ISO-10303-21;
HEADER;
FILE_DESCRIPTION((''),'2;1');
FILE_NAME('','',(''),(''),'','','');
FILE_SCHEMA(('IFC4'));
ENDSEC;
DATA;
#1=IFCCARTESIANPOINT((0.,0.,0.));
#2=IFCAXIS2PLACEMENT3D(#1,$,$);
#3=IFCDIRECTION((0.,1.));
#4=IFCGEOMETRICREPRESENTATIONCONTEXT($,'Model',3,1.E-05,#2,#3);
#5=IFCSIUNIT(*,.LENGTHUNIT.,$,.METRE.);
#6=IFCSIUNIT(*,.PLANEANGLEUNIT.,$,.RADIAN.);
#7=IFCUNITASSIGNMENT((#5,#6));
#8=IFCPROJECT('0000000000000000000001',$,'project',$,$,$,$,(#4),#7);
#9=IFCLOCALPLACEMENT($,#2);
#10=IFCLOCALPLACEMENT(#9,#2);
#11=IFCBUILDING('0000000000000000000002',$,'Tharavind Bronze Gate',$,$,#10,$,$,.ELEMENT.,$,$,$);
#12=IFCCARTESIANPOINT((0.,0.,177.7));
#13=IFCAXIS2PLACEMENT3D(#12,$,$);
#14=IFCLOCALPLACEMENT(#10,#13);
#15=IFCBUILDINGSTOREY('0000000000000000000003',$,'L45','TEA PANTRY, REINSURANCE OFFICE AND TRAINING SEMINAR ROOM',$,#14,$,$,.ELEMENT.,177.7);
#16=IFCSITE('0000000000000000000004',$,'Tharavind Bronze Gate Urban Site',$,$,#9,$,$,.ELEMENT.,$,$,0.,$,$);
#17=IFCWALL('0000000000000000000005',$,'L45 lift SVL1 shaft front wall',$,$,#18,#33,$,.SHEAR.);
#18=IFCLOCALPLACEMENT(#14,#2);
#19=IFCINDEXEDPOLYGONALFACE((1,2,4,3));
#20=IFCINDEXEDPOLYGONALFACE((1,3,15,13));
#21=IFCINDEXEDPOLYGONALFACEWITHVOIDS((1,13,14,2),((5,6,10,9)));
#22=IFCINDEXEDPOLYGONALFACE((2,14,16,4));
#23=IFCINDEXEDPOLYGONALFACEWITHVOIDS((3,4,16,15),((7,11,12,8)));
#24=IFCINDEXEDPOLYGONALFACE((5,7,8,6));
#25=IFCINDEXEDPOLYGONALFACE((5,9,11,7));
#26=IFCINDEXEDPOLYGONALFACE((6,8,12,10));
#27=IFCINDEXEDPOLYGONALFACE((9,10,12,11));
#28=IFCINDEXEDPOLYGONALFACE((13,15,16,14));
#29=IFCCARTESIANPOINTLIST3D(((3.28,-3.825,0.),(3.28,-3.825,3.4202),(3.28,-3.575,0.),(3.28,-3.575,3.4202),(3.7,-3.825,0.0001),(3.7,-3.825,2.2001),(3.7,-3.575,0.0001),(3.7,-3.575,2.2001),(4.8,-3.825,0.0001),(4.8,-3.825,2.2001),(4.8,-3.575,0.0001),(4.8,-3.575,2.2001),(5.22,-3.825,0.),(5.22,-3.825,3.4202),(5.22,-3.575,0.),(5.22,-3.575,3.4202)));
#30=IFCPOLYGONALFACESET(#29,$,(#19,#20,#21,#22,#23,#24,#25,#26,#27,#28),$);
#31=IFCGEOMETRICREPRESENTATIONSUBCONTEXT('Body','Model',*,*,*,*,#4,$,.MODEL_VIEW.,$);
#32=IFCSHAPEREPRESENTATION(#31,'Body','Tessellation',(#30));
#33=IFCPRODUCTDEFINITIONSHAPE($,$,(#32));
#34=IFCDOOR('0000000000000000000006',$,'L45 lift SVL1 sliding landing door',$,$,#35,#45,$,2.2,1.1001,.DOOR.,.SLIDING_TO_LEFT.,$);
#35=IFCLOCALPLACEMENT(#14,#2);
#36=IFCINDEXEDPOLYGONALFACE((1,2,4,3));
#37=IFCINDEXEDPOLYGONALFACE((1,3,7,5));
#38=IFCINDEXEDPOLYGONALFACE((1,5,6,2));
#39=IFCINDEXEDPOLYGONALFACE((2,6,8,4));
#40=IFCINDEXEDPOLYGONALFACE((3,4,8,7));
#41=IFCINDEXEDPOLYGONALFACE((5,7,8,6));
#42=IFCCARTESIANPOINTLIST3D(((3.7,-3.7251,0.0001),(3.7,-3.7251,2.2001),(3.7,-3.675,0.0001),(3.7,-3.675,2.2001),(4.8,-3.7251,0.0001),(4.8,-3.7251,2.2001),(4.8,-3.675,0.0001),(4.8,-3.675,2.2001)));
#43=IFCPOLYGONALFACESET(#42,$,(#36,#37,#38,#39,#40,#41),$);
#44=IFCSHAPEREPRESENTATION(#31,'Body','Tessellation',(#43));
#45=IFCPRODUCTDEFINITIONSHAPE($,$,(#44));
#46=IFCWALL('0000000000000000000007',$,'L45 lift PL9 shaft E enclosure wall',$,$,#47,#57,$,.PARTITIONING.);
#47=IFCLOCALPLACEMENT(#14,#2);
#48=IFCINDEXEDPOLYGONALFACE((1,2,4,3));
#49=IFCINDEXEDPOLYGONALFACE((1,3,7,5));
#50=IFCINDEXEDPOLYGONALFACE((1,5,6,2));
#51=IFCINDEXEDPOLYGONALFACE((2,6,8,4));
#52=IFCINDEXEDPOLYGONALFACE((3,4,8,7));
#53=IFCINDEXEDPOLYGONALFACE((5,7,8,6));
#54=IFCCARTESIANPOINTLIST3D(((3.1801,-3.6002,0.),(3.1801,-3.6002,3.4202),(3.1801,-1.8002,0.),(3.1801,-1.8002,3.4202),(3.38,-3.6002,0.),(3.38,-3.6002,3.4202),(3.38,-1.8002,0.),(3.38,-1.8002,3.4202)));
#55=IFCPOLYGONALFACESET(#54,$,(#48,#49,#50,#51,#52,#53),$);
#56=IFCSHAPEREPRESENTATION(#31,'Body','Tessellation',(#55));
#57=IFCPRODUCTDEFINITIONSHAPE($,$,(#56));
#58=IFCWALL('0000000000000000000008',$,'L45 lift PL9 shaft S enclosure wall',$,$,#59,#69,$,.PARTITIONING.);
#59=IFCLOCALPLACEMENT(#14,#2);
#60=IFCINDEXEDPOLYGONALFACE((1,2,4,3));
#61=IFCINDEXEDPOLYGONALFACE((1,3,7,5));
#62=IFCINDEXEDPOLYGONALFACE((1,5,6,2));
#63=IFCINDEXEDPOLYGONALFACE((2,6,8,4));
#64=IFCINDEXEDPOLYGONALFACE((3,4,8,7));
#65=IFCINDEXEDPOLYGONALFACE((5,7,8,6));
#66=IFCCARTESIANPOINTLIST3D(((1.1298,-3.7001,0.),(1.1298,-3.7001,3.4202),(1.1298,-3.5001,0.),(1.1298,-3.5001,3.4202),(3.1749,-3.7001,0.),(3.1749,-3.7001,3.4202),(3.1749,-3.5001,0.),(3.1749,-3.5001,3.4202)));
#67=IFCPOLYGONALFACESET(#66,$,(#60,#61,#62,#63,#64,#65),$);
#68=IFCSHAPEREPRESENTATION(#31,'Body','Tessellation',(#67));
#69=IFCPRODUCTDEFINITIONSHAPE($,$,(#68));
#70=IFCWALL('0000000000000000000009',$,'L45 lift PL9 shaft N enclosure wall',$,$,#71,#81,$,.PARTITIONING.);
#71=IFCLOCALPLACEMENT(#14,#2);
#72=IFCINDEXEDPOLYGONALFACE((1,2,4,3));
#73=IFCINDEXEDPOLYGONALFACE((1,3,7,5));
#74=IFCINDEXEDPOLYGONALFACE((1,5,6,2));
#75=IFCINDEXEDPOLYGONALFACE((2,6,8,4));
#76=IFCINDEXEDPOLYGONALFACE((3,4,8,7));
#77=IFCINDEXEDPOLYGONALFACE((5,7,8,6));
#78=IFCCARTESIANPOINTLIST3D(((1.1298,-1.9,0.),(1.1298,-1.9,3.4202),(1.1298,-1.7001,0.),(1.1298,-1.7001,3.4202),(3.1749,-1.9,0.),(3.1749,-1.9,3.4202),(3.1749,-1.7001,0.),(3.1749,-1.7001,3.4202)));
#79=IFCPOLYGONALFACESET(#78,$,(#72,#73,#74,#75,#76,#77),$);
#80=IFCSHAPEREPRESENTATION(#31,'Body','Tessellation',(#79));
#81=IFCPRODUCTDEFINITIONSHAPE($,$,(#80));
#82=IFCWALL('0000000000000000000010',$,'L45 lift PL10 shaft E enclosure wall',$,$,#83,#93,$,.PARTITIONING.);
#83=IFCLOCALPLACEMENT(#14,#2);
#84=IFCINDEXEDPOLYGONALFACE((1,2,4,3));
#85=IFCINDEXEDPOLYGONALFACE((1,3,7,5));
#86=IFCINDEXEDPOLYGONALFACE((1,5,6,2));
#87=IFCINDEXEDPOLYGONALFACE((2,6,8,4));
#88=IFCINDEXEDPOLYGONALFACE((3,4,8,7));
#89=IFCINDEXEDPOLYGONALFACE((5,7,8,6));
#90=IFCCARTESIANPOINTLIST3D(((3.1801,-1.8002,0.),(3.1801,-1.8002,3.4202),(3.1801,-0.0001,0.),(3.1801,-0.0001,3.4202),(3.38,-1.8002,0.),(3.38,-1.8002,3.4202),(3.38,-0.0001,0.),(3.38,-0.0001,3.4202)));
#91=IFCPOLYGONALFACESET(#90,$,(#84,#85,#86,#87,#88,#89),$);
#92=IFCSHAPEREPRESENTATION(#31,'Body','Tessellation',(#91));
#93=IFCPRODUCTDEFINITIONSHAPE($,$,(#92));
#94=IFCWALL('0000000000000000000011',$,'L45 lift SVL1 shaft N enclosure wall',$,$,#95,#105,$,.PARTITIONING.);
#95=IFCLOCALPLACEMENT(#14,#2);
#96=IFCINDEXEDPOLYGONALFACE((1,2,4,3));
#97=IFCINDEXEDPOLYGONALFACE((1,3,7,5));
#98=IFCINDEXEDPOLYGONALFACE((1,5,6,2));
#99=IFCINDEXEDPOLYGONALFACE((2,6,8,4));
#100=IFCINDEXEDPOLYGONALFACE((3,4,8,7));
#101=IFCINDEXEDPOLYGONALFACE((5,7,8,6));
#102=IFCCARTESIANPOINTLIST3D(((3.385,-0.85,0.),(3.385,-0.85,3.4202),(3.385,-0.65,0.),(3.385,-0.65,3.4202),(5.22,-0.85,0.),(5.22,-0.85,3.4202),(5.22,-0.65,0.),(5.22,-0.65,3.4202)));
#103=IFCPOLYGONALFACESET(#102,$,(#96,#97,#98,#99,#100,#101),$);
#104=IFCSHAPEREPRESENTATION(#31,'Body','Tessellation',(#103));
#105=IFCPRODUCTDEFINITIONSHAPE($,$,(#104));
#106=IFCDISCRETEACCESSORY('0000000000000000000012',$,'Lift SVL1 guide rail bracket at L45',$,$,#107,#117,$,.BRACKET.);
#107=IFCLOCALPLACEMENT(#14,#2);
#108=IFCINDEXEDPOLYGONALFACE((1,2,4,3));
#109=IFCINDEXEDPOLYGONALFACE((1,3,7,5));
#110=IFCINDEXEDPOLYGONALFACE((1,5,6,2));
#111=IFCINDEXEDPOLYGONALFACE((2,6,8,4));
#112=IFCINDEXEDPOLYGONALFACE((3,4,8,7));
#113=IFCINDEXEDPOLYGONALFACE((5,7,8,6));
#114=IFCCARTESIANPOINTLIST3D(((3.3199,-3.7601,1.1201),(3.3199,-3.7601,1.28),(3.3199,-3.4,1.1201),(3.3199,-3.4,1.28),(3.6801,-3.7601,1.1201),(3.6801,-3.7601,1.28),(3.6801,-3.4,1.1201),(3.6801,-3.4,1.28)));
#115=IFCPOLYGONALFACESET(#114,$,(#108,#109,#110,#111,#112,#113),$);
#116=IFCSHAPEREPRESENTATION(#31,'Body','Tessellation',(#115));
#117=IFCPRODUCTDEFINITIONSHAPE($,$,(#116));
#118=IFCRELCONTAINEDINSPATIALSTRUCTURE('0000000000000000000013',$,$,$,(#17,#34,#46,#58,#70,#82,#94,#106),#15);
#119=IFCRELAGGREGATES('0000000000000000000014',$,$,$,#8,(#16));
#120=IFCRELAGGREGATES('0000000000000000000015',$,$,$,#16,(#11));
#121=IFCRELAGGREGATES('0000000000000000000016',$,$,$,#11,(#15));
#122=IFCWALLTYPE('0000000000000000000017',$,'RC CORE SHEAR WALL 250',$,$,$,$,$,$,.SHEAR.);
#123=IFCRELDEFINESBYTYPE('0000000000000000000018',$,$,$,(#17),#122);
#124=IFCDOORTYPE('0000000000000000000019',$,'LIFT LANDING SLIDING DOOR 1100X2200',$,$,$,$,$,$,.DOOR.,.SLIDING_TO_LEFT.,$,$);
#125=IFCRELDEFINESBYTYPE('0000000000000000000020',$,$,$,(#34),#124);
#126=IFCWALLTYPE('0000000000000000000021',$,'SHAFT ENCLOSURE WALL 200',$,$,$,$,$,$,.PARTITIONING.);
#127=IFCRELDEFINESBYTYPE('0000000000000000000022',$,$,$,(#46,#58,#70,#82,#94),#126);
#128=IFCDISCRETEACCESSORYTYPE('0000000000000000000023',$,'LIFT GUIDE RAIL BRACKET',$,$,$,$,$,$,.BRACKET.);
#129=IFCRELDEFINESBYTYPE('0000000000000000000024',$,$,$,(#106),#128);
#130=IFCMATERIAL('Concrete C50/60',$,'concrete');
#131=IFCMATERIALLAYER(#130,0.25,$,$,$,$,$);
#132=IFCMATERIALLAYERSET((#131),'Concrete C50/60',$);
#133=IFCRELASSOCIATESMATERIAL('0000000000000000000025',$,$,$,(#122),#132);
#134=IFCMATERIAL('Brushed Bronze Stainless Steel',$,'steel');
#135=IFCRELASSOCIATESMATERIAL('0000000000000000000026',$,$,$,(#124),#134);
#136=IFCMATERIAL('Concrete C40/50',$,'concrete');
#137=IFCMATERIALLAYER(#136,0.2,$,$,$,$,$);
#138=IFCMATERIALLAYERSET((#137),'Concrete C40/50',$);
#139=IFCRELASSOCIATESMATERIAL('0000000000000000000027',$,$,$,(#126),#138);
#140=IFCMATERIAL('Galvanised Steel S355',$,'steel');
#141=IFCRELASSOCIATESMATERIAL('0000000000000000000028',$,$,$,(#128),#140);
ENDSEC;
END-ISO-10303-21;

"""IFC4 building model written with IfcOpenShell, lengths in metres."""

from ifc_helpers import new_model, si_unit, direction, frame, frame_2d, origin, origin_2d, place, context, subcontext, project, spatial, rectangle, extrude, material, layer, layer_set, type_object, element, fill, save


model = new_model("IFC4")

# Units and contexts
model_context = context("Model", 3, precision=1e-05, world=origin(), true_north=direction((0.0, 1.0)))
body_context = subcontext(model_context, "Body", "Model", "MODEL_VIEW")
ifc_project = project(units=[si_unit("LENGTHUNIT", "METRE"), si_unit("PLANEANGLEUNIT", "RADIAN")], contexts=[model_context])

# Site, building, storey
site_placement = place(None, origin())
site = spatial("IfcSite", under=ifc_project, at=site_placement, Name="Tharavind Bronze Gate Urban Site", CompositionType="ELEMENT", RefElevation=0.0)
building_placement = place(site_placement, origin())
building = spatial("IfcBuilding", under=site, at=building_placement, Name="Tharavind Bronze Gate", CompositionType="ELEMENT")
storey_placement = place(building_placement, frame((0.0, 0.0, 177.7)))
storey = spatial("IfcBuildingStorey", under=building, at=storey_placement, Name="L45", Description="TEA PANTRY, REINSURANCE OFFICE AND TRAINING SEMINAR ROOM", CompositionType="ELEMENT", Elevation=177.7)

# Shared definitions
ifc_material_1 = material(Name="Concrete C50/60", Category="concrete")
ifc_layer_1 = layer(ifc_material_1, 0.25)
ifc_layer_set_1 = layer_set([ifc_layer_1], Name="Concrete C50/60")
wall_type_1 = type_object("IfcWallType", Name="RC CORE SHEAR WALL 250", PredefinedType="SHEAR", material=ifc_layer_set_1)

# Wall, opening, door
wall_1_placement = place(storey_placement, frame((3.28, -3.7, 0.0), z_axis=(0.0, 0.0, 1.0), x_axis=(1.0, 0.0, 0.0)))
wall_1 = element("IfcWall", 1, at=wall_1_placement, inside=storey, type_object=wall_type_1, Name="L45 lift SVL1 shaft front wall", PredefinedType="SHEAR", context=body_context, shape_type="SweptSolid", body=[
    extrude(rectangle(XDim=1.9399, YDim=0.25, at=frame_2d((0.97, 0.0))), origin(), (0.0, 0.0, 1.0), 3.4202),
])
opening_placement = place(wall_1_placement, frame((0.4199, 0.0, 0.0)))
opening = element("IfcOpeningElement", 2, at=opening_placement, cuts=wall_1, PredefinedType="OPENING", context=body_context, shape_type="SweptSolid", body=[
    extrude(rectangle(XDim=1.1001, YDim=2.2, at=frame_2d((0.55, 1.1001))), frame((0.0, 0.135, 0.0), z_axis=(0.0, -1.0, 0.0), x_axis=(1.0, 0.0, 0.0)), (0.0, 0.0, 1.0), 0.27),
])
ifc_material_2 = material(Name="Brushed Bronze Stainless Steel", Category="steel")
door_type = type_object("IfcDoorType", Name="LIFT LANDING SLIDING DOOR 1100X2200", OperationType="SLIDING_TO_LEFT", PredefinedType="DOOR", material=ifc_material_2)
door_placement = place(opening_placement, origin())
door = element("IfcDoor", 3, at=door_placement, inside=storey, type_object=door_type, Name="L45 lift SVL1 sliding landing door", OperationType="SLIDING_TO_LEFT", OverallHeight=2.2, OverallWidth=1.1001, PredefinedType="DOOR", context=body_context, shape_type="SweptSolid", body=[
    extrude(rectangle(XDim=1.1001, YDim=2.2, at=frame_2d((0.55, 1.1001))), frame((0.0, 0.0249, 0.0), z_axis=(0.0, -1.0, 0.0), x_axis=(1.0, 0.0, 0.0)), (0.0, 0.0, 1.0), 0.05),
])
fill(opening, door)

# Walls
ifc_material_3 = material(Name="Concrete C40/50", Category="concrete")
ifc_layer_2 = layer(ifc_material_3, 0.2)
ifc_layer_set_2 = layer_set([ifc_layer_2], Name="Concrete C40/50")
wall_type_2 = type_object("IfcWallType", Name="SHAFT ENCLOSURE WALL 200", PredefinedType="PARTITIONING", material=ifc_layer_set_2)
wall_2_placement = place(storey_placement, frame((3.28, -3.6001, 0.0), z_axis=(0.0, 0.0, 1.0), x_axis=(0.0, 1.0, 0.0)))
element("IfcWall", 4, at=wall_2_placement, inside=storey, type_object=wall_type_2, Name="L45 lift PL9 shaft E enclosure wall", PredefinedType="PARTITIONING", context=body_context, shape_type="SweptSolid", body=[
    extrude(rectangle(XDim=1.8, YDim=0.2, at=frame_2d((0.8999, 0.0))), origin(), (0.0, 0.0, 1.0), 3.4202),
])
for number, where, z_axis, x_axis, name in (
    (5, (1.1299, -3.6001, 0.0), (0.0, 0.0, 1.0), (1.0, 0.0, 0.0), "L45 lift PL9 shaft S enclosure wall"),
    (6, (1.1299, -1.8, 0.0), (0.0, 0.0, 1.0), (1.0, 0.0, 0.0), "L45 lift PL9 shaft N enclosure wall"),
):
    element("IfcWall", number, at=place(storey_placement, frame(where, z_axis=z_axis, x_axis=x_axis)), inside=storey, type_object=wall_type_2, Name=name, PredefinedType="PARTITIONING", context=body_context, shape_type="SweptSolid", body=[
        extrude(rectangle(XDim=2.0452, YDim=0.2, at=frame_2d((1.0225, 0.0))), origin(), (0.0, 0.0, 1.0), 3.4202),
    ])
wall_3_placement = place(storey_placement, frame((3.28, -1.8, 0.0), z_axis=(0.0, 0.0, 1.0), x_axis=(0.0, 1.0, 0.0)))
element("IfcWall", 7, at=wall_3_placement, inside=storey, type_object=wall_type_2, Name="L45 lift PL10 shaft E enclosure wall", PredefinedType="PARTITIONING", context=body_context, shape_type="SweptSolid", body=[
    extrude(rectangle(XDim=1.8, YDim=0.2, at=frame_2d((0.8999, 0.0))), origin(), (0.0, 0.0, 1.0), 3.4202),
])
wall_4_placement = place(storey_placement, frame((3.385, -0.75, 0.0), z_axis=(0.0, 0.0, 1.0), x_axis=(1.0, 0.0, 0.0)))
element("IfcWall", 8, at=wall_4_placement, inside=storey, type_object=wall_type_2, Name="L45 lift SVL1 shaft N enclosure wall", PredefinedType="PARTITIONING", context=body_context, shape_type="SweptSolid", body=[
    extrude(rectangle(XDim=1.835, YDim=0.2, at=frame_2d((0.9175, 0.0))), origin(), (0.0, 0.0, 1.0), 3.4202),
])

# Discrete accessory
ifc_material_4 = material(Name="Galvanised Steel S355", Category="steel")
discrete_accessory_type = type_object("IfcDiscreteAccessoryType", Name="LIFT GUIDE RAIL BRACKET", PredefinedType="BRACKET", material=ifc_material_4)
discrete_accessory_placement = place(storey_placement, frame((3.5, -3.5801, 1.1201), z_axis=(0.0, 0.0, 1.0), x_axis=(1.0, 0.0, 0.0)))
element("IfcDiscreteAccessory", 9, at=discrete_accessory_placement, inside=storey, type_object=discrete_accessory_type, Name="Lift SVL1 guide rail bracket at L45", PredefinedType="BRACKET", context=body_context, shape_type="SweptSolid", body=[
    extrude(rectangle(XDim=0.3601, YDim=0.3601, at=origin_2d()), origin(), (0.0, 0.0, 1.0), 0.1599),
])

save(model, "model.ifc")
